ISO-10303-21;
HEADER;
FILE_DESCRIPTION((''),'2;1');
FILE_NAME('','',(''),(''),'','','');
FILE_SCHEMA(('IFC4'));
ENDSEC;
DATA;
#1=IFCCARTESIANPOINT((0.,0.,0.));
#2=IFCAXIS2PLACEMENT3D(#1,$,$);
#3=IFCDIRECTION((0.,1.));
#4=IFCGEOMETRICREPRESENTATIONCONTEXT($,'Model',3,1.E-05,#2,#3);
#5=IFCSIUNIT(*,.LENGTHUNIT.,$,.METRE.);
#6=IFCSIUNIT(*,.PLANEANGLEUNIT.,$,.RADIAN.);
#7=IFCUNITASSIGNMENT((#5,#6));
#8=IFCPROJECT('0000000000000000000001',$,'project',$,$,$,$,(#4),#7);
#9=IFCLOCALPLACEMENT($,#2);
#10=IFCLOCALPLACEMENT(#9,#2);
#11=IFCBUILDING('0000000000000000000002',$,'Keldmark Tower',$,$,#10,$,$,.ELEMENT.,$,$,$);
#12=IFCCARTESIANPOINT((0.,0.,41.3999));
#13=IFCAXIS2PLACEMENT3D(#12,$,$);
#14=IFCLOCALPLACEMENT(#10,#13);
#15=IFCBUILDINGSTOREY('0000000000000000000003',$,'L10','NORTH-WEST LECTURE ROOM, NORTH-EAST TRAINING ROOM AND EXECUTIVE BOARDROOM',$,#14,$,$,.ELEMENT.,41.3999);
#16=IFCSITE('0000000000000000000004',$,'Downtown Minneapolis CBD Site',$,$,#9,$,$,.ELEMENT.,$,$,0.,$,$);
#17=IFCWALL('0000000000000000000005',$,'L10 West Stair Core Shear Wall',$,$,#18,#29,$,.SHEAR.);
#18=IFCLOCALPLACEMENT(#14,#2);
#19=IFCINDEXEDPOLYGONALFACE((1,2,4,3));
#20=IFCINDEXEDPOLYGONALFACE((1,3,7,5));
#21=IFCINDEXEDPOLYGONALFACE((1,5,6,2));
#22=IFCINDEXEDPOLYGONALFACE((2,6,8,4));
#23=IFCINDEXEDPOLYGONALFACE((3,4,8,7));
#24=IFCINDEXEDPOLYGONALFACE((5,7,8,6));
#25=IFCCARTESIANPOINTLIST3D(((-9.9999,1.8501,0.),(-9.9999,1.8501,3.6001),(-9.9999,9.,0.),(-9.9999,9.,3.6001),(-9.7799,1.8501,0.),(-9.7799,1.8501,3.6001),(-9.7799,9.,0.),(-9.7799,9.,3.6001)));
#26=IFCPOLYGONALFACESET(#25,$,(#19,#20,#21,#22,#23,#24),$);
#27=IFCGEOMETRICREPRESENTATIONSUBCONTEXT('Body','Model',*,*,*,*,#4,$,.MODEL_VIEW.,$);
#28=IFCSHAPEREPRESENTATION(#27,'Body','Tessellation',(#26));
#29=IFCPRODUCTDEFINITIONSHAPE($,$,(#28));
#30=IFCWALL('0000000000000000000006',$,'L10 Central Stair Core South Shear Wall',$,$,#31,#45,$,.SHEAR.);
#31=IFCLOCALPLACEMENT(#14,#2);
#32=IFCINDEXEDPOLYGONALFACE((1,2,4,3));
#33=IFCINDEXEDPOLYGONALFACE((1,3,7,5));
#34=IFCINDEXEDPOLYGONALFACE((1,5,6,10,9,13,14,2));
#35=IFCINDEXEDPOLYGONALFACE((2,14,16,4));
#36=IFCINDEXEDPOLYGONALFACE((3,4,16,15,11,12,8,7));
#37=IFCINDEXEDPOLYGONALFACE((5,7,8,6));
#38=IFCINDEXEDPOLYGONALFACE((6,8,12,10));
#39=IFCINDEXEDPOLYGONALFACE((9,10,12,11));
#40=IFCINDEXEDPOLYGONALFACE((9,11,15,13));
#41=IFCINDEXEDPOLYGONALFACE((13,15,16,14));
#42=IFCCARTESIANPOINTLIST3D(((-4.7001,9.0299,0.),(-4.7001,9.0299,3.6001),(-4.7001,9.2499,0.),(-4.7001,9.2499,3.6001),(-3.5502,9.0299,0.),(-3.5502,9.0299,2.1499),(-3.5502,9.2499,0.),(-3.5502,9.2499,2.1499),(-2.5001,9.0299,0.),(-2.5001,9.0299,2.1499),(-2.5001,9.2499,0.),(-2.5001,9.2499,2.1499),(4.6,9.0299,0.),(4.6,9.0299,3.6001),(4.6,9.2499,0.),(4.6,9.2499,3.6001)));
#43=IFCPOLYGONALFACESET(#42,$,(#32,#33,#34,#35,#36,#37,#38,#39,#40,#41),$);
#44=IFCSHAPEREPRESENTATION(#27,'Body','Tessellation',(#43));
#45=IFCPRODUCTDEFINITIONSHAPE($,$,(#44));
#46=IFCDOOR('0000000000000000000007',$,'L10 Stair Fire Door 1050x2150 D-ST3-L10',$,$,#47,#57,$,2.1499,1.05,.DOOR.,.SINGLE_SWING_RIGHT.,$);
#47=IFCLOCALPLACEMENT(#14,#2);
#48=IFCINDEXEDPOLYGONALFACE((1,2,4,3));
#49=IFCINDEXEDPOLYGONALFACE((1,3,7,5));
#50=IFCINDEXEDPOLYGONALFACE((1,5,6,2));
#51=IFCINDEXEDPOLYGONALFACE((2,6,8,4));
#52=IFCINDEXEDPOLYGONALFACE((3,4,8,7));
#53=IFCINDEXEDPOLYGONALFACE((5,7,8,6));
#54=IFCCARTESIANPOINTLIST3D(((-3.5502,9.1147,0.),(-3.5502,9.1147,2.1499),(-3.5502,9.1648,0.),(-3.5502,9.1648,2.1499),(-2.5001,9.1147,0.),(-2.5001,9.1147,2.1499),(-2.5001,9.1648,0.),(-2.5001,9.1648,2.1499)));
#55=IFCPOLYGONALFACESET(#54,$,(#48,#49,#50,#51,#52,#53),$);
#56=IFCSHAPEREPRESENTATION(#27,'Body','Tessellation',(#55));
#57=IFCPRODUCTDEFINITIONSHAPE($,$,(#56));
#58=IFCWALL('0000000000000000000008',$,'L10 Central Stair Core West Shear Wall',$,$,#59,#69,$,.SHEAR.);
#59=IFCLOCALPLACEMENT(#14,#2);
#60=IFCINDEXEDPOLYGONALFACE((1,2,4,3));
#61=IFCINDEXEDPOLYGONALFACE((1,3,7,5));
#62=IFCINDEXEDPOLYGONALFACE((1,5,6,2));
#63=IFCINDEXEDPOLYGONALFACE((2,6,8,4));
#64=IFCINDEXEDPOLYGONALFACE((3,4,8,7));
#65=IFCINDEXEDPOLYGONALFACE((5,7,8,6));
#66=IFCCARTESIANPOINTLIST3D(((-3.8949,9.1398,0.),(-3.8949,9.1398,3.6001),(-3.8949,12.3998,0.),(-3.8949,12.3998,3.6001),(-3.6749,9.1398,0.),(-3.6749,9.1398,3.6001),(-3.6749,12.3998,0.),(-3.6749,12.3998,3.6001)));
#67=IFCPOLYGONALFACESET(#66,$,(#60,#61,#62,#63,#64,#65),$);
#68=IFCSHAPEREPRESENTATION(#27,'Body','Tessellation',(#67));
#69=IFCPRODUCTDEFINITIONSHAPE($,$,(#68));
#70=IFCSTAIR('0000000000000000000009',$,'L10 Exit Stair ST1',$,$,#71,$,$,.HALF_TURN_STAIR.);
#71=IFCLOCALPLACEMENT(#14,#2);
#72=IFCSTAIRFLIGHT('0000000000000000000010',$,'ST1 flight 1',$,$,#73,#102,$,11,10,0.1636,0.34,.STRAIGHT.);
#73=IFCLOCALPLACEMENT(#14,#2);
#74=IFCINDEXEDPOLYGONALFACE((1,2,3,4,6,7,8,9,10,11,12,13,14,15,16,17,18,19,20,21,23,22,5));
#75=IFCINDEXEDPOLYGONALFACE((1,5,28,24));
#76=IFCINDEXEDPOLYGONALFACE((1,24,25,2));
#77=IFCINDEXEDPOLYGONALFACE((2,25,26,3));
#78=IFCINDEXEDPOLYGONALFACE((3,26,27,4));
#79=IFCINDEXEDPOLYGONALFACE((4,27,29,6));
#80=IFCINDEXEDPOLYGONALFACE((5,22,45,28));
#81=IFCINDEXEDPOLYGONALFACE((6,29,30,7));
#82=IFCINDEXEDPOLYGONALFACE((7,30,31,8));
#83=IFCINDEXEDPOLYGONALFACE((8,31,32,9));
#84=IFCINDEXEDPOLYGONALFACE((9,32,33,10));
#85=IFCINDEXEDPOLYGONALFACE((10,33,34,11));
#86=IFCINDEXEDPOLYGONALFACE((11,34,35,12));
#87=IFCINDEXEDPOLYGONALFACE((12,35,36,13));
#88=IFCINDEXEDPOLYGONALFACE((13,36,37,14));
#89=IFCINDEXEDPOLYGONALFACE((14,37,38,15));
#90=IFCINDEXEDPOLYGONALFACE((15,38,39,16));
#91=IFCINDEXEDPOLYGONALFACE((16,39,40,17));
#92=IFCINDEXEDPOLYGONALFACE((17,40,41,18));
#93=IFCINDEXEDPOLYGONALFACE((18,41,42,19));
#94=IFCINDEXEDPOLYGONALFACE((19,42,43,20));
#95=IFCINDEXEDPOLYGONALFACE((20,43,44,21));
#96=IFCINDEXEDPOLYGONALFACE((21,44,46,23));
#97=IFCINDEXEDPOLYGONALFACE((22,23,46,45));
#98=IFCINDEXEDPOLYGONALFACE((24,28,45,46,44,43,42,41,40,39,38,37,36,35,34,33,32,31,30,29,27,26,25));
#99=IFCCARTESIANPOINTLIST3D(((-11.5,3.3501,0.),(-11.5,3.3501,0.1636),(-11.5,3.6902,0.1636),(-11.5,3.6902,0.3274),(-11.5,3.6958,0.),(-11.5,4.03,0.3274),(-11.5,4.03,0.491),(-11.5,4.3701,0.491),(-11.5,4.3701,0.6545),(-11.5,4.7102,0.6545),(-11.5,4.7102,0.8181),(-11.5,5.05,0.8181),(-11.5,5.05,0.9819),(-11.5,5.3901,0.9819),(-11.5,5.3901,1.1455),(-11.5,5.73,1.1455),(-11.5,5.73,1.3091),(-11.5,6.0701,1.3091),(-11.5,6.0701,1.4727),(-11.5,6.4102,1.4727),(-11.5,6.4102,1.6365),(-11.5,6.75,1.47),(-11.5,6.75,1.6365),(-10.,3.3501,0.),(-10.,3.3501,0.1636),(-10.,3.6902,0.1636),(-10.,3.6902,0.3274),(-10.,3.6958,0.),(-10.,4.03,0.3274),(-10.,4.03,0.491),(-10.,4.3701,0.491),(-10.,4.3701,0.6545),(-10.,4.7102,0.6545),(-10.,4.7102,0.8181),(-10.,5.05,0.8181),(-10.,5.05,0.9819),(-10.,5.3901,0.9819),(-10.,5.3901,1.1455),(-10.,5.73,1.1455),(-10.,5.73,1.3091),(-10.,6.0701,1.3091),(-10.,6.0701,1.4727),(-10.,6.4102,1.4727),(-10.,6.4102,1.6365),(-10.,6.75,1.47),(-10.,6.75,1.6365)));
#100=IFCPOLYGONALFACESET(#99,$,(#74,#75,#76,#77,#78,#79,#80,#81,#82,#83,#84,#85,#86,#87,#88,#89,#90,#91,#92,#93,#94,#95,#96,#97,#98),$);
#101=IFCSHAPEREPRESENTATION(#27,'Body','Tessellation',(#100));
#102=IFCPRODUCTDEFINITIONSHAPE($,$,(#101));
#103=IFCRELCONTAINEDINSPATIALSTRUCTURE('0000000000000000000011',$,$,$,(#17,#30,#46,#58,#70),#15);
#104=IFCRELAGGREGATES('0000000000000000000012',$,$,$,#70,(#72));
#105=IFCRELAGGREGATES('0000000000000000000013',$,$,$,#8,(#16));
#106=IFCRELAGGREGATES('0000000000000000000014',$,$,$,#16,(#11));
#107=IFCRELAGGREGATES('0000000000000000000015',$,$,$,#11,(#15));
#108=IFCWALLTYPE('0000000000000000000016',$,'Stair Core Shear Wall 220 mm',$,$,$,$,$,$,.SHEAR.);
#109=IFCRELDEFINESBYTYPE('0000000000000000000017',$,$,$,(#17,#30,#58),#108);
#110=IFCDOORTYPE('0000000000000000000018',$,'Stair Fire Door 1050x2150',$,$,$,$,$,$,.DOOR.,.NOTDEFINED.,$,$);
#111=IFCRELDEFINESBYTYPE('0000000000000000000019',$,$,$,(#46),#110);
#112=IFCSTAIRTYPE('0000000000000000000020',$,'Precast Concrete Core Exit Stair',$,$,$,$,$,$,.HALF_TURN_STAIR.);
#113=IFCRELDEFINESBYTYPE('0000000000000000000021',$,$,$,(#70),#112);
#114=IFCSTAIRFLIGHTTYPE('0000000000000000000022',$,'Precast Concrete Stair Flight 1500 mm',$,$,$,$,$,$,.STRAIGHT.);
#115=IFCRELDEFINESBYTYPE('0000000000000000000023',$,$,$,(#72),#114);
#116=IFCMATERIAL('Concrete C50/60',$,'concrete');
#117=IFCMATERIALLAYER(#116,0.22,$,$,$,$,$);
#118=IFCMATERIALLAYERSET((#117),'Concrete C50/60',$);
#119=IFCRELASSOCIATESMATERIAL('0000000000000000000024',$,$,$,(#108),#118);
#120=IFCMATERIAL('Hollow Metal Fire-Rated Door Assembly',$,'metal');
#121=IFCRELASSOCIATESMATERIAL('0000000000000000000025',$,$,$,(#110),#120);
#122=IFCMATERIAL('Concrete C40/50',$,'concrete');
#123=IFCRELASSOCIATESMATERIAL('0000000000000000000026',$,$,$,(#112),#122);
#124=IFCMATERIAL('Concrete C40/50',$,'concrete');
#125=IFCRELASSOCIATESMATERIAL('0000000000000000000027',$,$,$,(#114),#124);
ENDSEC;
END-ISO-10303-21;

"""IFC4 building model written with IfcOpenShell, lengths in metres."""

from ifc_helpers import new_model, si_unit, direction, frame, frame_2d, origin, place, context, subcontext, project, spatial, polyline, rectangle, outline, extrude, material, layer, layer_set, type_object, element, fill, aggregate, save


model = new_model("IFC4")

# Units and contexts
model_context = context("Model", 3, precision=1e-05, world=origin(), true_north=direction((0.0, 1.0)))
body_context = subcontext(model_context, "Body", "Model", "MODEL_VIEW")
ifc_project = project(units=[si_unit("LENGTHUNIT", "METRE"), si_unit("PLANEANGLEUNIT", "RADIAN")], contexts=[model_context])

# Site, building, storey
site_placement = place(None, origin())
site = spatial("IfcSite", under=ifc_project, at=site_placement, Name="Downtown Minneapolis CBD Site", CompositionType="ELEMENT", RefElevation=0.0)
building_placement = place(site_placement, origin())
building = spatial("IfcBuilding", under=site, at=building_placement, Name="Keldmark Tower", CompositionType="ELEMENT")
storey_placement = place(building_placement, frame((0.0, 0.0, 41.3999)))
storey = spatial("IfcBuildingStorey", under=building, at=storey_placement, Name="L10", Description="NORTH-WEST LECTURE ROOM, NORTH-EAST TRAINING ROOM AND EXECUTIVE BOARDROOM", CompositionType="ELEMENT", Elevation=41.3999)

# Wall
ifc_material_1 = material(Name="Concrete C50/60", Category="concrete")
ifc_layer_1 = layer(ifc_material_1, 0.22)
ifc_layer_set_1 = layer_set([ifc_layer_1], Name="Concrete C50/60")
wall_type_1 = type_object("IfcWallType", Name="Stair Core Shear Wall 220 mm", PredefinedType="SHEAR", material=ifc_layer_set_1)
wall_1_placement = place(storey_placement, frame((-9.8899, 1.8501, 0.0), z_axis=(0.0, 0.0, 1.0), x_axis=(0.0, 1.0, 0.0)))
element("IfcWall", 1, at=wall_1_placement, inside=storey, type_object=wall_type_1, Name="L10 West Stair Core Shear Wall", PredefinedType="SHEAR", context=body_context, shape_type="SweptSolid", body=[
    extrude(rectangle(XDim=7.1499, YDim=0.22, at=frame_2d((3.575, 0.0))), origin(), (0.0, 0.0, 1.0), 3.6001),
])

# Wall, opening, door
wall_2_placement = place(storey_placement, frame((-4.7, 9.1399, 0.0), z_axis=(0.0, 0.0, 1.0), x_axis=(1.0, 0.0, 0.0)))
wall_2 = element("IfcWall", 2, at=wall_2_placement, inside=storey, type_object=wall_type_1, Name="L10 Central Stair Core South Shear Wall", PredefinedType="SHEAR", context=body_context, shape_type="SweptSolid", body=[
    extrude(rectangle(XDim=9.3, YDim=0.22, at=frame_2d((4.6499, 0.0))), origin(), (0.0, 0.0, 1.0), 3.6001),
])
opening_1_placement = place(wall_2_placement, frame((1.1499, 0.0, 0.0)))
opening_1 = element("IfcOpeningElement", 3, at=opening_1_placement, cuts=wall_2, PredefinedType="OPENING", context=body_context, shape_type="SweptSolid", body=[
    extrude(rectangle(XDim=1.05, YDim=2.1499, at=frame_2d((0.5249, 1.075))), frame((0.0, 0.1199, 0.0), z_axis=(0.0, -1.0, 0.0), x_axis=(1.0, 0.0, 0.0)), (0.0, 0.0, 1.0), 0.24),
])
ifc_material_2 = material(Name="Hollow Metal Fire-Rated Door Assembly", Category="metal")
door_type_1 = type_object("IfcDoorType", Name="Stair Fire Door 1050x2150", OperationType="NOTDEFINED", PredefinedType="DOOR", material=ifc_material_2)
door_1_placement = place(opening_1_placement, origin())
door_1 = element("IfcDoor", 4, at=door_1_placement, inside=storey, type_object=door_type_1, Name="L10 Stair Fire Door 1050x2150 D-ST3-L10", OperationType="SINGLE_SWING_RIGHT", OverallHeight=2.1499, OverallWidth=1.05, PredefinedType="DOOR", context=body_context, shape_type="SweptSolid", body=[
    extrude(rectangle(XDim=1.05, YDim=2.1499, at=frame_2d((0.5249, 1.075))), frame((0.0, 0.0249, 0.0), z_axis=(0.0, -1.0, 0.0), x_axis=(1.0, 0.0, 0.0)), (0.0, 0.0, 1.0), 0.05),
])
fill(opening_1, door_1)

# Wall
wall_3_placement = place(storey_placement, frame((-3.7849, 9.1399, 0.0), z_axis=(0.0, 0.0, 1.0), x_axis=(0.0, 1.0, 0.0)))
element("IfcWall", 5, at=wall_3_placement, inside=storey, type_object=wall_type_1, Name="L10 Central Stair Core West Shear Wall", PredefinedType="SHEAR", context=body_context, shape_type="SweptSolid", body=[
    extrude(rectangle(XDim=3.26, YDim=0.22, at=frame_2d((1.6299, 0.0))), origin(), (0.0, 0.0, 1.0), 3.6001),
])

# Stair, stair flight
ifc_material_3 = material(Name="Concrete C40/50", Category="concrete")
stair_type = type_object("IfcStairType", Name="Precast Concrete Core Exit Stair", PredefinedType="HALF_TURN_STAIR", material=ifc_material_3)
stair_placement = place(storey_placement, origin())
stair = element("IfcStair", 6, at=stair_placement, inside=storey, type_object=stair_type, Name="L10 Exit Stair ST1", PredefinedType="HALF_TURN_STAIR")
ifc_material_4 = material(Name="Concrete C40/50", Category="concrete")
stair_flight_type = type_object("IfcStairFlightType", Name="Precast Concrete Stair Flight 1500 mm", PredefinedType="STRAIGHT", material=ifc_material_4)
stair_flight_placement = place(storey_placement, frame((-10.75, 3.3501, 0.0), z_axis=(0.0, 0.0, 1.0), x_axis=(0.0, 1.0, 0.0)))
stair_flight = element("IfcStairFlight", 7, at=stair_flight_placement, type_object=stair_flight_type, Name="ST1 flight 1", NumberOfRisers=11, NumberOfTreads=10, PredefinedType="STRAIGHT", RiserHeight=0.1636, TreadLength=0.34, context=body_context, shape_type="SweptSolid", body=[
    extrude(outline(polyline([(0.0, 0.0), (0.0, 0.1636), (0.3401, 0.1636), (0.3401, 0.3274), (0.6799, 0.3274), (0.6799, 0.491), (1.02, 0.491), (1.02, 0.6545), (1.3601, 0.6545), (1.3601, 0.8181), (1.7, 0.8181), (1.7, 0.9819), (2.04, 0.9819), (2.04, 1.1455), (2.3799, 1.1455), (2.3799, 1.3091), (2.72, 1.3091), (2.72, 1.4727), (3.0601, 1.4727), (3.0601, 1.6365), (3.3999, 1.6365), (3.3999, 1.8), (3.3999, 1.47), (0.3457, 0.0), (0.0, 0.0)])), frame((0.0, 0.75, 0.0), z_axis=(0.0, -1.0, 0.0), x_axis=(1.0, 0.0, 0.0)), (0.0, 0.0, 1.0), 1.5),
])
aggregate(stair, [stair_flight])

save(model, "model.ifc")
